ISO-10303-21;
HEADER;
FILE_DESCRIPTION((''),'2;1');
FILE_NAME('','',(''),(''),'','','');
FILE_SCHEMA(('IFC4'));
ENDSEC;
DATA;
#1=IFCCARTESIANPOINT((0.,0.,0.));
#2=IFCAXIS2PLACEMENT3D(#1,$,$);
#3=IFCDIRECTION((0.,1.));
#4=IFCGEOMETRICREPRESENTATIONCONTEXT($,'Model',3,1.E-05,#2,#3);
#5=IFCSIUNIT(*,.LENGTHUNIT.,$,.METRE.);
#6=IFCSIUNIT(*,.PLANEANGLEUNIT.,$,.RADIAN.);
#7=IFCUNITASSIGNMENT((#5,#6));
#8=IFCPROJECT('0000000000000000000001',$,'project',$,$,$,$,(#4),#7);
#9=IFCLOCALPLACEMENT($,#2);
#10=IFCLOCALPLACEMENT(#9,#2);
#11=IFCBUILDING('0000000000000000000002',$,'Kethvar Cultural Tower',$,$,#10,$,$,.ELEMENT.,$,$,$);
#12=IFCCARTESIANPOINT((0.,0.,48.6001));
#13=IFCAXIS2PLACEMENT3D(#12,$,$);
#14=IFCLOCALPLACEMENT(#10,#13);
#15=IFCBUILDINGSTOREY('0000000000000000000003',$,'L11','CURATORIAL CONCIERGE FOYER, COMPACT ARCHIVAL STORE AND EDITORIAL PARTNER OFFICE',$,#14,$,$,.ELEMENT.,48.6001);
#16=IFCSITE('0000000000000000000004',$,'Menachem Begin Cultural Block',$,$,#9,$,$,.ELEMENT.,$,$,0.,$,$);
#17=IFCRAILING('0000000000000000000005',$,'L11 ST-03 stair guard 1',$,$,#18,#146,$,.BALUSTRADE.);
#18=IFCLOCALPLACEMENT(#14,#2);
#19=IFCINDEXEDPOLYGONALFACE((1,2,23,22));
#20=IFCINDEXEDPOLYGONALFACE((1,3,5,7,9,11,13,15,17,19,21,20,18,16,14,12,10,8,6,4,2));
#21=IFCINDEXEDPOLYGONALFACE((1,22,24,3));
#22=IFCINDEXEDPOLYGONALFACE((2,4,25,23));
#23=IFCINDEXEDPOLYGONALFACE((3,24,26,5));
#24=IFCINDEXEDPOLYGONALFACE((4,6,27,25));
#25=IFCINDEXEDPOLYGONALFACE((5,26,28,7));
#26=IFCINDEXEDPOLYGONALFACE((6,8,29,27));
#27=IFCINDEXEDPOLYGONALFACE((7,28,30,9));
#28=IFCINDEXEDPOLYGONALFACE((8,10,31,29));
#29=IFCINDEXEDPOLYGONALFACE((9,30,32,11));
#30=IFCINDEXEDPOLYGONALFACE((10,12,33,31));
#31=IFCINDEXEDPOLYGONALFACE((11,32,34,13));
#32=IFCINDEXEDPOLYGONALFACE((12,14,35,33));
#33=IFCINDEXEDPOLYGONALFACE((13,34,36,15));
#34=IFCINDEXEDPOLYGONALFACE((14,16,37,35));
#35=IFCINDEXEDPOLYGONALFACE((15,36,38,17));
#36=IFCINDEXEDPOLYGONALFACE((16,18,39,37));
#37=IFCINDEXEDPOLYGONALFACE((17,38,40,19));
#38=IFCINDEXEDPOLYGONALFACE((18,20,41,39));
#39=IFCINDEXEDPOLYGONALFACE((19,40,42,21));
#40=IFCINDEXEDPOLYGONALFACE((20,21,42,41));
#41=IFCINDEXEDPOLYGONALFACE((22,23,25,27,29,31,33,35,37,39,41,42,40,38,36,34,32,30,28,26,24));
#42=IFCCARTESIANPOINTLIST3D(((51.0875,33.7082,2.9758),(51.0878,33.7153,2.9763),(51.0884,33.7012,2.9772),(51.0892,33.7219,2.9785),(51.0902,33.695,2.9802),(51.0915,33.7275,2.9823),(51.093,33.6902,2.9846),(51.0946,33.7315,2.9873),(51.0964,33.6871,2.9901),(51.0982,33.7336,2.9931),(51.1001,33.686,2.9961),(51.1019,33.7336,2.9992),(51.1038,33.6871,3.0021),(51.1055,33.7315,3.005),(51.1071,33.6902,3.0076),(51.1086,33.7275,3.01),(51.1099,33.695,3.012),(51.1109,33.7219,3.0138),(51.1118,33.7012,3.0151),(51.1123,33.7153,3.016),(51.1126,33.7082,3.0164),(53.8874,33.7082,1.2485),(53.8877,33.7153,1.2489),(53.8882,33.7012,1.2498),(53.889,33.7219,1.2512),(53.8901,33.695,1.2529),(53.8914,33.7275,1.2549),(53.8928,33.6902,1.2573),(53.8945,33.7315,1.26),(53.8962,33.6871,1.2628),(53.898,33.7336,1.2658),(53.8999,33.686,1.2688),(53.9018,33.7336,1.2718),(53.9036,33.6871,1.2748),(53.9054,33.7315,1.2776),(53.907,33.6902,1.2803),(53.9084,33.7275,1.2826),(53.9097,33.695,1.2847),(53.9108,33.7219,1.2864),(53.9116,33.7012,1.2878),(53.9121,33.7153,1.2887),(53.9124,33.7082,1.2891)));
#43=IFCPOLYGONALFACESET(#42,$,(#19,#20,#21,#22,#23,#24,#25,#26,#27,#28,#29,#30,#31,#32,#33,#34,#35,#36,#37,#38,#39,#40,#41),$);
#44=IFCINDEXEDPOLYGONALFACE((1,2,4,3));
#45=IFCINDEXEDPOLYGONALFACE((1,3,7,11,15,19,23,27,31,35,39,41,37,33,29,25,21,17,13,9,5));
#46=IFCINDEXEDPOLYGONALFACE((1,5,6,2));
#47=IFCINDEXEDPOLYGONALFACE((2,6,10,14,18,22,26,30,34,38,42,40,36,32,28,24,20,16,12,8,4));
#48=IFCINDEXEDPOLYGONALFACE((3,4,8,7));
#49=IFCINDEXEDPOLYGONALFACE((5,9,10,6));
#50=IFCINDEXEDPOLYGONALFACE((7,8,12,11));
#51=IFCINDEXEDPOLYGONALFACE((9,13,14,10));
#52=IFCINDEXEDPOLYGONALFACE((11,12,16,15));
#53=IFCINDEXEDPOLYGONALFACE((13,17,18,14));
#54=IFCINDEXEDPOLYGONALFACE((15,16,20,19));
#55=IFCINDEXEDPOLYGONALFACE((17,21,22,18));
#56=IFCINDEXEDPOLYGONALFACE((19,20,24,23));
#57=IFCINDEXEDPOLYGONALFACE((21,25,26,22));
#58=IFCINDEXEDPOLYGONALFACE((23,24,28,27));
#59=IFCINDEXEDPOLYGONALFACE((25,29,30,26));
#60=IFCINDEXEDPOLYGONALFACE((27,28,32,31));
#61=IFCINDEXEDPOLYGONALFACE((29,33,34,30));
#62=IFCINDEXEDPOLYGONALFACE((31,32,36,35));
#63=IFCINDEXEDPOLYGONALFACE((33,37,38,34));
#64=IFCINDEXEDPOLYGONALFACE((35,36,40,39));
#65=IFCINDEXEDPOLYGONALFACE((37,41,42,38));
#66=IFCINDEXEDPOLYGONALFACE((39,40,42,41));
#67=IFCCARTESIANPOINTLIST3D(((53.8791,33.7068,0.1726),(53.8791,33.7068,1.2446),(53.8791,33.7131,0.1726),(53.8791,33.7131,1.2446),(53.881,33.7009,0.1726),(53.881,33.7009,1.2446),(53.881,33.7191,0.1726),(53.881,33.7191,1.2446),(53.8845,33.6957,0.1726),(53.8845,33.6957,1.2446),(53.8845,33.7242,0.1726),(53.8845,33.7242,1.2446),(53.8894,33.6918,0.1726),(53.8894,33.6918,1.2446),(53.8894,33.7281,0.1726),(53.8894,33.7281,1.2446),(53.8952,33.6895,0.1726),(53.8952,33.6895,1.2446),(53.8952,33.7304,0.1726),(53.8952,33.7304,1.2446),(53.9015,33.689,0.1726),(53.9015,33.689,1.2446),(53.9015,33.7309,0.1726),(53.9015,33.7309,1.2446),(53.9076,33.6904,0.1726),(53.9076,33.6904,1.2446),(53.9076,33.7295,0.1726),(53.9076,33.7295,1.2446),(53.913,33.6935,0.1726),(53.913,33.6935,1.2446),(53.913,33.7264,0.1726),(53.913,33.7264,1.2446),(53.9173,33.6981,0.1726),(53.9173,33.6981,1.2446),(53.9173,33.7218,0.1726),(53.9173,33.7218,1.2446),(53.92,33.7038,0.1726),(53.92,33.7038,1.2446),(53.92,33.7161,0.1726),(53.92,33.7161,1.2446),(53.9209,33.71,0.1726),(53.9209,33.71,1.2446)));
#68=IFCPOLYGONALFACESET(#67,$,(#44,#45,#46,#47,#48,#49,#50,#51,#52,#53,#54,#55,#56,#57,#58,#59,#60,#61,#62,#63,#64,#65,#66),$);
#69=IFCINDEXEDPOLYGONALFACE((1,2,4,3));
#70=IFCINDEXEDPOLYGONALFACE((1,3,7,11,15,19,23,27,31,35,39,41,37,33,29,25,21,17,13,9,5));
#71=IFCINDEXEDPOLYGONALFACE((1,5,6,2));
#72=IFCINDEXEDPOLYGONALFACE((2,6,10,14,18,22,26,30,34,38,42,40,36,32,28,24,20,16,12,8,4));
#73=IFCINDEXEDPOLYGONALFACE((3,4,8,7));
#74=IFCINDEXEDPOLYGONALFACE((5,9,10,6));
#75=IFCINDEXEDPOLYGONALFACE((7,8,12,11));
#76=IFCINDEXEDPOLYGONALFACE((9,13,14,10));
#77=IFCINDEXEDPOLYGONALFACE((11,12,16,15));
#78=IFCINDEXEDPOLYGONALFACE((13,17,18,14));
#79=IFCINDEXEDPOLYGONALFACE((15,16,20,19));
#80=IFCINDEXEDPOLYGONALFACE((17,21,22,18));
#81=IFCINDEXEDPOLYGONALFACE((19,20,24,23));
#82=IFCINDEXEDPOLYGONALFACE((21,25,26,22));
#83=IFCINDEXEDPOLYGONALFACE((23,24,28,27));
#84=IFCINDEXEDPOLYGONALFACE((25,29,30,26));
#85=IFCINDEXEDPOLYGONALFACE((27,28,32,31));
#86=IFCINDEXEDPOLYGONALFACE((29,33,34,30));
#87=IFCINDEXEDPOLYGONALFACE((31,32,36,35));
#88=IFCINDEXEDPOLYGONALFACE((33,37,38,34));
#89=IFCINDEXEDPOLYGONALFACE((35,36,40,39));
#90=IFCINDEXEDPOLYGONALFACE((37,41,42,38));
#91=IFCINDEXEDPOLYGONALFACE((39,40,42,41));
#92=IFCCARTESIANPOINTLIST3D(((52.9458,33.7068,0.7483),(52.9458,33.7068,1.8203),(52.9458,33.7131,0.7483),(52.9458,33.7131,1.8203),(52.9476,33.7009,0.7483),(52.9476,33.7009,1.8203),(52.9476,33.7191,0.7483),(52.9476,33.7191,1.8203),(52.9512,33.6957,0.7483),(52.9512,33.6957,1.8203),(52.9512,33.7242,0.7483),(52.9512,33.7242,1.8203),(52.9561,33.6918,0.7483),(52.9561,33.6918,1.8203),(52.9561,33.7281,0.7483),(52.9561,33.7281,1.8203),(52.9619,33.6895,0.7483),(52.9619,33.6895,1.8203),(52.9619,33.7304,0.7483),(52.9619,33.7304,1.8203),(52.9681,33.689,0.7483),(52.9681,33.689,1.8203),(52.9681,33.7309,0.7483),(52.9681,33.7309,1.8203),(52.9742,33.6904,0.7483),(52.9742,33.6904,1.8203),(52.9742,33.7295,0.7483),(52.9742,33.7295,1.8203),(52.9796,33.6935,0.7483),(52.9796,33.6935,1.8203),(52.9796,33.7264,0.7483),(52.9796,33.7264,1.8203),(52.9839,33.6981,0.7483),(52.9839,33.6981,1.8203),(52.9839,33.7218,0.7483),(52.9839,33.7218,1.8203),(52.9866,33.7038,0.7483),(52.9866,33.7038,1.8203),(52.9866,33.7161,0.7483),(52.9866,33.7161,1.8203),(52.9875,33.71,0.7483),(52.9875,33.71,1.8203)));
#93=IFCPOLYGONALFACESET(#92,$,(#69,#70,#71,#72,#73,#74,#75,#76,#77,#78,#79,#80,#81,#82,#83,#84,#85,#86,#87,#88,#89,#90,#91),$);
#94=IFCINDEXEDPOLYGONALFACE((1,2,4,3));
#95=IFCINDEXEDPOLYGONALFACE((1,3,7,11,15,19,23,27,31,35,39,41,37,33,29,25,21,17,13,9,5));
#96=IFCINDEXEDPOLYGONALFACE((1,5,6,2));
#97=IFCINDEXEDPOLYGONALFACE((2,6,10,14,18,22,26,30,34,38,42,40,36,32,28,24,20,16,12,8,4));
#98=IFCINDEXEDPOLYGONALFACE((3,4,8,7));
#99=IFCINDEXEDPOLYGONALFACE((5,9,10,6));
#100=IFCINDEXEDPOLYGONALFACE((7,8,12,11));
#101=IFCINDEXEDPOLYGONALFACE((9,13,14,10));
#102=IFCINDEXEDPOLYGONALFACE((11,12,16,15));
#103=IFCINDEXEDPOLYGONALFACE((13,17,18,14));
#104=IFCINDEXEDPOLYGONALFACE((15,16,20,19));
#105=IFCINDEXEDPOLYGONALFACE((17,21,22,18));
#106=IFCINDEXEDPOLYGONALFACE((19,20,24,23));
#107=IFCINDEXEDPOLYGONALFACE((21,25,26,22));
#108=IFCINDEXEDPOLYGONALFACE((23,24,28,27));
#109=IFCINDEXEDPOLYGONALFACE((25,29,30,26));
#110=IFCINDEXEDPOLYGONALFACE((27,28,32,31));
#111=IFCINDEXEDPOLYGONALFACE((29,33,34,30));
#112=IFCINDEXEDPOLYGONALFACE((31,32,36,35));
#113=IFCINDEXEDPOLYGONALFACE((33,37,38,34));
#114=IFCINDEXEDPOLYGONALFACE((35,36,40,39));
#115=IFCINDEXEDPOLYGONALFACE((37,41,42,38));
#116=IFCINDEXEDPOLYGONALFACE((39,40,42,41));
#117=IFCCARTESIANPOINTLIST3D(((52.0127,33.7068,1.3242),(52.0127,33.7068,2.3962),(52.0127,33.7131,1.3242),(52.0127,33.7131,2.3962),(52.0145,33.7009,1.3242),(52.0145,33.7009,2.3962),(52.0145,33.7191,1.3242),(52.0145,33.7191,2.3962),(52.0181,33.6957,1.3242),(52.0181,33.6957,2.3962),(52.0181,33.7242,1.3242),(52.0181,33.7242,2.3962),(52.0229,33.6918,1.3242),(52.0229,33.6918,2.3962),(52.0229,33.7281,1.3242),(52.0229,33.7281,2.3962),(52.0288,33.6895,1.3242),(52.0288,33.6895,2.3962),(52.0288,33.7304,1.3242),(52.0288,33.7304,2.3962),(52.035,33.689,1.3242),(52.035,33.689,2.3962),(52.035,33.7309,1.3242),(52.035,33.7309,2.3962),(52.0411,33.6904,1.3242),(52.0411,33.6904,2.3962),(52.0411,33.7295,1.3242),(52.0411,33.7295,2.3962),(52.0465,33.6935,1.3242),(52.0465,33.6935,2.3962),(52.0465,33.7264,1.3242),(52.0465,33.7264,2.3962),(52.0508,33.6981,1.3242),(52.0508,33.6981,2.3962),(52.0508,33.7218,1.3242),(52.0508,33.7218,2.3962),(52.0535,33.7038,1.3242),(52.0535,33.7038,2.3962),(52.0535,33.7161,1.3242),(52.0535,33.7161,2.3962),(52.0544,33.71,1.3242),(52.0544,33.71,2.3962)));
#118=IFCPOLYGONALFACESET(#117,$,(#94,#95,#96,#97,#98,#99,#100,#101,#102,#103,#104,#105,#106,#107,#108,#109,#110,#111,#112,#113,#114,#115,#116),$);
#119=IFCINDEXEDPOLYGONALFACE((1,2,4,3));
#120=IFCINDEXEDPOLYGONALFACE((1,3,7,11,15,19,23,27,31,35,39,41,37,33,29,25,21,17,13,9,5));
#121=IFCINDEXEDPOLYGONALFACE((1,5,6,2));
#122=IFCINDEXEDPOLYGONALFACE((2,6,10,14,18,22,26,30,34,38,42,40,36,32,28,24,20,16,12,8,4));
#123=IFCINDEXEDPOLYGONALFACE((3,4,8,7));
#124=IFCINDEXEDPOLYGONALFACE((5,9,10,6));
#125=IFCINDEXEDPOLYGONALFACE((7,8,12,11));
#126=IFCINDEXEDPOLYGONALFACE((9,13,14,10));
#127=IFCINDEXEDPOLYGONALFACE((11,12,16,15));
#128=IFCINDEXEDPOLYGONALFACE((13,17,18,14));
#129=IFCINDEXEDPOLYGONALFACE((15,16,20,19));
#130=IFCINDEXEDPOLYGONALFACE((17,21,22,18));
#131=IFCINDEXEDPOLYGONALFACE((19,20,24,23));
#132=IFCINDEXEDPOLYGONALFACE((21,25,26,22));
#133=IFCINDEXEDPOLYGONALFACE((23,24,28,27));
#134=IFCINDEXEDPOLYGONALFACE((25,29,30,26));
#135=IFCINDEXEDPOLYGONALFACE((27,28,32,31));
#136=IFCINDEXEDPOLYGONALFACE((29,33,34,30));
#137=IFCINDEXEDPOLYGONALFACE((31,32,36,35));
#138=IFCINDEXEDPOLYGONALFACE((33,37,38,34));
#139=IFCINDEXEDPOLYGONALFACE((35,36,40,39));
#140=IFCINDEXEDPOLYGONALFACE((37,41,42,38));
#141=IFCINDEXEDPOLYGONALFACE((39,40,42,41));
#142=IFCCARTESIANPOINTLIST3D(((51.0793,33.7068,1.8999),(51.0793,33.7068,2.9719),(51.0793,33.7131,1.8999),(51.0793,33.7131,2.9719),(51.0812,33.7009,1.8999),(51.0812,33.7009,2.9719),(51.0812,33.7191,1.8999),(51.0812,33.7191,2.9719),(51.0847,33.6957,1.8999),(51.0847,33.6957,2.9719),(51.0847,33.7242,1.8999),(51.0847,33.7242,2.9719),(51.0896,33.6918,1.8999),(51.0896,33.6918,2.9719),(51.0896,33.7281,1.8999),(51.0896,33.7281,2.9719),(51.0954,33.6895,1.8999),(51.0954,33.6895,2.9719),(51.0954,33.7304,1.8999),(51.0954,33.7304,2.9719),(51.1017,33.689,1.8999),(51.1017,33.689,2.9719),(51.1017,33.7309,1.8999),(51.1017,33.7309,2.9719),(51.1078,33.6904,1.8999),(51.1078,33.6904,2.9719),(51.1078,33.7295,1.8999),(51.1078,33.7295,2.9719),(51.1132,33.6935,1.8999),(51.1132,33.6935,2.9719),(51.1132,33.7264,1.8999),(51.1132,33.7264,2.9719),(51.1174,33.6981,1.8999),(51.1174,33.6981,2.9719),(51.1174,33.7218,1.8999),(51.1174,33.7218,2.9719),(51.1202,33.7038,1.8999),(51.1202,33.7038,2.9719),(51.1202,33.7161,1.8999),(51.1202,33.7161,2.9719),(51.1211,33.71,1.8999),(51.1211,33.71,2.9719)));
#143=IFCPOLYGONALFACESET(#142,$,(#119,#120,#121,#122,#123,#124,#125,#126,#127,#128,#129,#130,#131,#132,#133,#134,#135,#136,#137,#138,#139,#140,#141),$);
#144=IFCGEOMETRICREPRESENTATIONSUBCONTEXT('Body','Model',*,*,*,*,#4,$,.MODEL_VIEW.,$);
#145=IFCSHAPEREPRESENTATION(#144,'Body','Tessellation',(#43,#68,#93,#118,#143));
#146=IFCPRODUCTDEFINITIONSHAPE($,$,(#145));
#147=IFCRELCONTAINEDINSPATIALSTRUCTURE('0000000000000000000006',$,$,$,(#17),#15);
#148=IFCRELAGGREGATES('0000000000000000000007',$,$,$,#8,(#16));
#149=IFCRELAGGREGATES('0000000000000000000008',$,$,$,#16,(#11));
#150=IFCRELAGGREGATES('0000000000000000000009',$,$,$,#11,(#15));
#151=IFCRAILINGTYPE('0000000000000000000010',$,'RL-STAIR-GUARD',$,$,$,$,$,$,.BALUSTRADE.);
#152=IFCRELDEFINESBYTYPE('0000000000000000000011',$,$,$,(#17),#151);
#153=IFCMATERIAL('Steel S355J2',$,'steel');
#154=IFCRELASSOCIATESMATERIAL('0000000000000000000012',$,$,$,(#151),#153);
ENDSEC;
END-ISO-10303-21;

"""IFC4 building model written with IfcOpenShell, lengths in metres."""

from ifc_helpers import new_model, si_unit, direction, frame, origin, origin_2d, place, context, subcontext, project, spatial, circle, extrude, material, type_object, element, save


model = new_model("IFC4")

# Units and contexts
model_context = context("Model", 3, precision=1e-05, world=origin(), true_north=direction((0.0, 1.0)))
body_context = subcontext(model_context, "Body", "Model", "MODEL_VIEW")
ifc_project = project(units=[si_unit("LENGTHUNIT", "METRE"), si_unit("PLANEANGLEUNIT", "RADIAN")], contexts=[model_context])

# Site, building, storey
site_placement = place(None, origin())
site = spatial("IfcSite", under=ifc_project, at=site_placement, Name="Menachem Begin Cultural Block", CompositionType="ELEMENT", RefElevation=0.0)
building_placement = place(site_placement, origin())
building = spatial("IfcBuilding", under=site, at=building_placement, Name="Kethvar Cultural Tower", CompositionType="ELEMENT")
storey_placement = place(building_placement, frame((0.0, 0.0, 48.6001)))
storey = spatial("IfcBuildingStorey", under=building, at=storey_placement, Name="L11", Description="CURATORIAL CONCIERGE FOYER, COMPACT ARCHIVAL STORE AND EDITORIAL PARTNER OFFICE", CompositionType="ELEMENT", Elevation=48.6001)

# Shared definitions
ifc_material_1 = material(Name="Steel S355J2", Category="steel")

# Railing
railing_type_1 = type_object("IfcRailingType", Name="RL-STAIR-GUARD", PredefinedType="BALUSTRADE", material=ifc_material_1)
railing_1_placement = place(storey_placement, frame((53.8999, 33.71, 0.1726)))
element("IfcRailing", 1, at=railing_1_placement, inside=storey, type_object=railing_type_1, Name="L11 ST-03 stair guard 1", PredefinedType="BALUSTRADE", context=body_context, shape_type="SweptSolid", body=[
    extrude(circle(Radius=0.0239, at=origin_2d()), frame((0.0, 0.0, 1.0962), z_axis=(-0.851069, 0.0, 0.525054), x_axis=(0.0, -1.0, 0.0)), (0.0, 0.0, 1.0), 3.2898),
    extrude(circle(Radius=0.021, at=origin_2d()), origin(), (0.0, 0.0, 1.0), 1.072),
    extrude(circle(Radius=0.021, at=origin_2d()), frame((-0.9333, 0.0, 0.5757)), (0.0, 0.0, 1.0), 1.072),
    extrude(circle(Radius=0.021, at=origin_2d()), frame((-1.8665, 0.0, 1.1516)), (0.0, 0.0, 1.0), 1.072),
    extrude(circle(Radius=0.021, at=origin_2d()), frame((-2.7998, 0.0, 1.7273)), (0.0, 0.0, 1.0), 1.072),
])

save(model, "model.ifc")
